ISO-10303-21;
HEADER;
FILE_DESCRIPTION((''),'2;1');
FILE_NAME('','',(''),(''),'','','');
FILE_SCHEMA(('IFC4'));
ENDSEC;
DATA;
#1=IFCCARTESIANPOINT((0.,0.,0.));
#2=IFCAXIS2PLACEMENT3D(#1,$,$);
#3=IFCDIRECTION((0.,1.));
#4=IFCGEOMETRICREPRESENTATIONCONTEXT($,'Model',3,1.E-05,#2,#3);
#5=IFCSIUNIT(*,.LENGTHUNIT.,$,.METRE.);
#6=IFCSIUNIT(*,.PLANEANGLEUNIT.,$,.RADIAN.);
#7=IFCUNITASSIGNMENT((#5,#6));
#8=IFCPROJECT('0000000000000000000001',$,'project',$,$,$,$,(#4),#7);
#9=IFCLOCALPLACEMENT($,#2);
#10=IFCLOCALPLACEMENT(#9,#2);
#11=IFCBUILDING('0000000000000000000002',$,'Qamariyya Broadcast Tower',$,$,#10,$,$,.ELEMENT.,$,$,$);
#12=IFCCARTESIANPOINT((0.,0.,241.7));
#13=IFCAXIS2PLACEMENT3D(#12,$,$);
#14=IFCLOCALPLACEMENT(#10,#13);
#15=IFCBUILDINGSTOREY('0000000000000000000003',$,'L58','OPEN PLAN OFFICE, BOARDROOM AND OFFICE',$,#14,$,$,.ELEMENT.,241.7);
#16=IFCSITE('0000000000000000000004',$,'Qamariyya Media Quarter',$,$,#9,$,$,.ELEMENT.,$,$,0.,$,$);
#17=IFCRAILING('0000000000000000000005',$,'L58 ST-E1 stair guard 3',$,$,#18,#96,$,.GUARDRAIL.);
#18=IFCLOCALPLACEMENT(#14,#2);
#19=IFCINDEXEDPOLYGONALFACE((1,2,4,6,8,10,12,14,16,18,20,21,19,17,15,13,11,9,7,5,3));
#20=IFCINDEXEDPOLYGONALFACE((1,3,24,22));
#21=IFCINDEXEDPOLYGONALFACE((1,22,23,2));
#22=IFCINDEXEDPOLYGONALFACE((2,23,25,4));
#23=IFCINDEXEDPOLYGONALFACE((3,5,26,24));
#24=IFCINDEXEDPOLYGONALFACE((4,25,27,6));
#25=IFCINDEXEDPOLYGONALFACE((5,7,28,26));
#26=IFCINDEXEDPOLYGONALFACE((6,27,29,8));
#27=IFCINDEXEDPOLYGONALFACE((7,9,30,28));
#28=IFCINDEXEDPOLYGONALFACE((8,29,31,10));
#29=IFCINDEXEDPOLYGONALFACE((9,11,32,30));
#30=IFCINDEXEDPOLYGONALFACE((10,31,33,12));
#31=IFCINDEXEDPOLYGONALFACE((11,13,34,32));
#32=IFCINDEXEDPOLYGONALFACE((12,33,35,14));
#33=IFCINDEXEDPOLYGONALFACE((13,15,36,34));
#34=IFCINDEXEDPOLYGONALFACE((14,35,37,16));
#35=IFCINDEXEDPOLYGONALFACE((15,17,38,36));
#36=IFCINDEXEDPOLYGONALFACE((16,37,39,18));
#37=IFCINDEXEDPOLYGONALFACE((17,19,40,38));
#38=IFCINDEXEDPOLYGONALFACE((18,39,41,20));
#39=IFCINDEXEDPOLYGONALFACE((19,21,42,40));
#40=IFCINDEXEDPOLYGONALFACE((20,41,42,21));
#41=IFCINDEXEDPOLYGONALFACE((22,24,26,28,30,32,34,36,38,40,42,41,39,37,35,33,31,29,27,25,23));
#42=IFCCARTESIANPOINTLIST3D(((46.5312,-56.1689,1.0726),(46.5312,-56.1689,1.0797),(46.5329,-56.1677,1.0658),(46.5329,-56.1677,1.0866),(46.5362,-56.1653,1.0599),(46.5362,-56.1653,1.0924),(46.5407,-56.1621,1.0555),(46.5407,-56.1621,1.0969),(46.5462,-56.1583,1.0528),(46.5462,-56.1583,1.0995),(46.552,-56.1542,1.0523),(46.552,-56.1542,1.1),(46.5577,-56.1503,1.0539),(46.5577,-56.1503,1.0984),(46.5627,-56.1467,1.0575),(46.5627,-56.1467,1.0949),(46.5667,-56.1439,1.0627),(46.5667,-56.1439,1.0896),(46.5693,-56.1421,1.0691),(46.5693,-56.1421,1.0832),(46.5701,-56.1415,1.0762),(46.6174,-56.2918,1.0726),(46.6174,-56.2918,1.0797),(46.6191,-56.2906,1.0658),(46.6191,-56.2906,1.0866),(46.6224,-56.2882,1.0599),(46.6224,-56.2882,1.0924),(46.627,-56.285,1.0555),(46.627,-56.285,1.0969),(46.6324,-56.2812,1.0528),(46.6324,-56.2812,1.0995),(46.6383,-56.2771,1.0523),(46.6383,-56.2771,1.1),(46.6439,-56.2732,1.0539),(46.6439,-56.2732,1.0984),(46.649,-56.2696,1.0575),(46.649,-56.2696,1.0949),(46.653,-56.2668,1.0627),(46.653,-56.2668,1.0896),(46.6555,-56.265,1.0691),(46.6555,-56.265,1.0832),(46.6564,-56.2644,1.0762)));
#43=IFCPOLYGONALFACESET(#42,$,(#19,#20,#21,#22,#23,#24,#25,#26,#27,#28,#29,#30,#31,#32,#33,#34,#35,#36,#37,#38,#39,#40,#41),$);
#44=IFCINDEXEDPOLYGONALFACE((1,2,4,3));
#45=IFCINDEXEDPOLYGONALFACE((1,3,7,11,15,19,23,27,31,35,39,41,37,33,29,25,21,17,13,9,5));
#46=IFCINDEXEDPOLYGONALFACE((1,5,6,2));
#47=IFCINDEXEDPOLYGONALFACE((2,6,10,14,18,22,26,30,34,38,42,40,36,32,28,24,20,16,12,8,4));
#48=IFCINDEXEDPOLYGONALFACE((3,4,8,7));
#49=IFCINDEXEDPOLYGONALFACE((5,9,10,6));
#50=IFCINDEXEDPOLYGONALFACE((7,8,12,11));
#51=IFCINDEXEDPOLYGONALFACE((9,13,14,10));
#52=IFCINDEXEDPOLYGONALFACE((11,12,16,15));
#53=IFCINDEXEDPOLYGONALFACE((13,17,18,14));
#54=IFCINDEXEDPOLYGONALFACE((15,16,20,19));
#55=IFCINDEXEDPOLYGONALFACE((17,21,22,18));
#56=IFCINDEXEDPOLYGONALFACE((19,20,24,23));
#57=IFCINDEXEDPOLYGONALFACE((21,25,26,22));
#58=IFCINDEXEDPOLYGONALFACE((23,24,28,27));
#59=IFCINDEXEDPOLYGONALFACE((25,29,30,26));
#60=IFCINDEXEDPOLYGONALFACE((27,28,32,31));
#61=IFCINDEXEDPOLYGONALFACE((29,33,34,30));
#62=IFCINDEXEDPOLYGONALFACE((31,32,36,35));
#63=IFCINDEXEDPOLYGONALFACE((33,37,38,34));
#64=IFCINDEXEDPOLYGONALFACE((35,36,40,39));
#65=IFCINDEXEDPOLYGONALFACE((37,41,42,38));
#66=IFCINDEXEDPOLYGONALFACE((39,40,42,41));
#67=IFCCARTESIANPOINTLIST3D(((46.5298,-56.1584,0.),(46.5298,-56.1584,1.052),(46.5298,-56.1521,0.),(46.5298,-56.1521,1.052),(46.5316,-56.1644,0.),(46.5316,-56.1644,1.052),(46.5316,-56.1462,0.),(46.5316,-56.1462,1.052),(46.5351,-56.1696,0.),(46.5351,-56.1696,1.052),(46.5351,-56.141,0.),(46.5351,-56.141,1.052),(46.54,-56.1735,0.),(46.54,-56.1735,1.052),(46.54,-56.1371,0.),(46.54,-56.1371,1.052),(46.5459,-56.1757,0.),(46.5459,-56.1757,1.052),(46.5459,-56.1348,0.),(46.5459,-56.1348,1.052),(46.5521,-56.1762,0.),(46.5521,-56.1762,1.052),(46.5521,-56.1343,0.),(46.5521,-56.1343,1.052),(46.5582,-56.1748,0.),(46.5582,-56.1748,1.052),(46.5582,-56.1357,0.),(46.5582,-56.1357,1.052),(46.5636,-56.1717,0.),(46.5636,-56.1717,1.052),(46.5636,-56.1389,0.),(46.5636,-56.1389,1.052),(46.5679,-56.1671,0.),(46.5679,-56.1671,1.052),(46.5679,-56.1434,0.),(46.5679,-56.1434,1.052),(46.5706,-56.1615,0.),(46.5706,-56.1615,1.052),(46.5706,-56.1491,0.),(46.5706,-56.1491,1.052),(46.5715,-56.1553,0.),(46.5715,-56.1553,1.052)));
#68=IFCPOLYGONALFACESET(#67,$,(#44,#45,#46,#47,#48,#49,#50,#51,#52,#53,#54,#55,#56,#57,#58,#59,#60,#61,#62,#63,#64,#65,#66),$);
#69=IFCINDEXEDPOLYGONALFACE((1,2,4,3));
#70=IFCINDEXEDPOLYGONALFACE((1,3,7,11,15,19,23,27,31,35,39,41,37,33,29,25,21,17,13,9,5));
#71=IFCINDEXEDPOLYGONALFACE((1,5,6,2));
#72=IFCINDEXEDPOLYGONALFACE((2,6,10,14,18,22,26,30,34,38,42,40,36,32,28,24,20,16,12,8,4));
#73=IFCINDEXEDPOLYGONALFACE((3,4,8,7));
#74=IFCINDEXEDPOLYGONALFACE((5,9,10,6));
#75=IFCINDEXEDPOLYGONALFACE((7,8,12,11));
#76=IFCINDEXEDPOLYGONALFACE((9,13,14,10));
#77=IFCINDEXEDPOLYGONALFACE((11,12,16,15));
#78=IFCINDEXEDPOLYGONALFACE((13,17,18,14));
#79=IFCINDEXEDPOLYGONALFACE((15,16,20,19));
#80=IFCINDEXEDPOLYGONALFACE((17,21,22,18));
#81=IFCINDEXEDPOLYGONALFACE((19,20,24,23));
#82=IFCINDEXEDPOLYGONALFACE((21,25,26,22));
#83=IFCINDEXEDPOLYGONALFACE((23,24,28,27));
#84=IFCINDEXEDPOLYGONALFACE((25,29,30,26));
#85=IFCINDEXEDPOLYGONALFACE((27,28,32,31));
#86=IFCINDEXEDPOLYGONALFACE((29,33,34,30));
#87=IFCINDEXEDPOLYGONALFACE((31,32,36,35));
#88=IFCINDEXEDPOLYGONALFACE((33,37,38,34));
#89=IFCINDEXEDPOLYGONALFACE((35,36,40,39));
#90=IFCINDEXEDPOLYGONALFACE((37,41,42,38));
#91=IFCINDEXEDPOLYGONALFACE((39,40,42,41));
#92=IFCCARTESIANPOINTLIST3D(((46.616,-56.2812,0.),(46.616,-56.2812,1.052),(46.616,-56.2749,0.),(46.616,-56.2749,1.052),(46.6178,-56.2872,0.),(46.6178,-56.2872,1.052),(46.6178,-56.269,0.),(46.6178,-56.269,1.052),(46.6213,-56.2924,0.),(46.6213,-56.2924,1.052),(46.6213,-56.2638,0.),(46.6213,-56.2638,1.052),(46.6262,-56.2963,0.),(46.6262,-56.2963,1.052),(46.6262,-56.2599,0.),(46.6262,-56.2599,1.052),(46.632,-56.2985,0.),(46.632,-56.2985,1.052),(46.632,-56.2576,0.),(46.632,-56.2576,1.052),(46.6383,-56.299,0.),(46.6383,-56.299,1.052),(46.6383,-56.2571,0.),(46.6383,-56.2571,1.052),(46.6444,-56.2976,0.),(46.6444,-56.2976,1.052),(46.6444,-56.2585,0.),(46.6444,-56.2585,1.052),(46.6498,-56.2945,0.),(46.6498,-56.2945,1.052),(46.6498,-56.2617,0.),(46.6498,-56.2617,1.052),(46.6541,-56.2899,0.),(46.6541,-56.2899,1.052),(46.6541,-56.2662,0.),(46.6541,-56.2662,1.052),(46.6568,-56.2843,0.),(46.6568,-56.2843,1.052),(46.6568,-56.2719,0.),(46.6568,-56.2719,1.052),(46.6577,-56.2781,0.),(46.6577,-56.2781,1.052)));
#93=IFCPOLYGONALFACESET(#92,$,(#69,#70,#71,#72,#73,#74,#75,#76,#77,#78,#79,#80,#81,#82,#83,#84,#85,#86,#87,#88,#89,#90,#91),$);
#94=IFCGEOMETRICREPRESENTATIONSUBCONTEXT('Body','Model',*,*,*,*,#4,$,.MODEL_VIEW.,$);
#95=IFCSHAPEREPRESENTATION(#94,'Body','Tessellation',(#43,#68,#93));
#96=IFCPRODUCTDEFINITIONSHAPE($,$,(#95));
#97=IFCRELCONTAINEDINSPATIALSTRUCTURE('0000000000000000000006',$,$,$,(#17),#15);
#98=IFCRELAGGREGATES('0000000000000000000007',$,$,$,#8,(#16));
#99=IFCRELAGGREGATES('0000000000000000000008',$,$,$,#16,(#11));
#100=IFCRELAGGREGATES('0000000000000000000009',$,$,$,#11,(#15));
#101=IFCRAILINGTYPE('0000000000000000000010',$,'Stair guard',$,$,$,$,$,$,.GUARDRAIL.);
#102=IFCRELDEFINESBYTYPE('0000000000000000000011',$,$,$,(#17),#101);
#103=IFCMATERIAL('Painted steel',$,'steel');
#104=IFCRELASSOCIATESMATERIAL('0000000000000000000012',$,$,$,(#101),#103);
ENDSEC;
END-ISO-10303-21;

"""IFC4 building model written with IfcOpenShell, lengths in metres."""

from ifc_helpers import new_model, si_unit, direction, frame, origin, origin_2d, place, context, subcontext, project, spatial, circle, extrude, material, type_object, element, save


model = new_model("IFC4")

# Units and contexts
model_context = context("Model", 3, precision=1e-05, world=origin(), true_north=direction((0.0, 1.0)))
body_context = subcontext(model_context, "Body", "Model", "MODEL_VIEW")
ifc_project = project(units=[si_unit("LENGTHUNIT", "METRE"), si_unit("PLANEANGLEUNIT", "RADIAN")], contexts=[model_context])

# Site, building, storey
site_placement = place(None, origin())
site = spatial("IfcSite", under=ifc_project, at=site_placement, Name="Qamariyya Media Quarter", CompositionType="ELEMENT", RefElevation=0.0)
building_placement = place(site_placement, origin())
building = spatial("IfcBuilding", under=site, at=building_placement, Name="Qamariyya Broadcast Tower", CompositionType="ELEMENT")
storey_placement = place(building_placement, frame((0.0, 0.0, 241.7)))
storey = spatial("IfcBuildingStorey", under=building, at=storey_placement, Name="L58", Description="OPEN PLAN OFFICE, BOARDROOM AND OFFICE", CompositionType="ELEMENT", Elevation=241.7)

# Railing
ifc_material_1 = material(Name="Painted steel", Category="steel")
railing_type_1 = type_object("IfcRailingType", Name="Stair guard", PredefinedType="GUARDRAIL", material=ifc_material_1)
railing_1_placement = place(storey_placement, frame((46.5505, -56.1553, 0.0)))
element("IfcRailing", 1, at=railing_1_placement, inside=storey, type_object=railing_type_1, Name="L58 ST-E1 stair guard 3", PredefinedType="GUARDRAIL", context=body_context, shape_type="SweptSolid", body=[
    extrude(circle(Radius=0.0239, at=origin_2d()), frame((0.0, 0.0, 1.0762), z_axis=(0.574445, -0.818543, 0.0), x_axis=(0.818543, 0.574445, 0.0)), (0.0, 0.0, 1.0), 0.1501),
    extrude(circle(Radius=0.021, at=origin_2d()), origin(), (0.0, 0.0, 1.0), 1.052),
    extrude(circle(Radius=0.021, at=origin_2d()), frame((0.0862, -0.1228, 0.0)), (0.0, 0.0, 1.0), 1.052),
])

save(model, "model.ifc")
